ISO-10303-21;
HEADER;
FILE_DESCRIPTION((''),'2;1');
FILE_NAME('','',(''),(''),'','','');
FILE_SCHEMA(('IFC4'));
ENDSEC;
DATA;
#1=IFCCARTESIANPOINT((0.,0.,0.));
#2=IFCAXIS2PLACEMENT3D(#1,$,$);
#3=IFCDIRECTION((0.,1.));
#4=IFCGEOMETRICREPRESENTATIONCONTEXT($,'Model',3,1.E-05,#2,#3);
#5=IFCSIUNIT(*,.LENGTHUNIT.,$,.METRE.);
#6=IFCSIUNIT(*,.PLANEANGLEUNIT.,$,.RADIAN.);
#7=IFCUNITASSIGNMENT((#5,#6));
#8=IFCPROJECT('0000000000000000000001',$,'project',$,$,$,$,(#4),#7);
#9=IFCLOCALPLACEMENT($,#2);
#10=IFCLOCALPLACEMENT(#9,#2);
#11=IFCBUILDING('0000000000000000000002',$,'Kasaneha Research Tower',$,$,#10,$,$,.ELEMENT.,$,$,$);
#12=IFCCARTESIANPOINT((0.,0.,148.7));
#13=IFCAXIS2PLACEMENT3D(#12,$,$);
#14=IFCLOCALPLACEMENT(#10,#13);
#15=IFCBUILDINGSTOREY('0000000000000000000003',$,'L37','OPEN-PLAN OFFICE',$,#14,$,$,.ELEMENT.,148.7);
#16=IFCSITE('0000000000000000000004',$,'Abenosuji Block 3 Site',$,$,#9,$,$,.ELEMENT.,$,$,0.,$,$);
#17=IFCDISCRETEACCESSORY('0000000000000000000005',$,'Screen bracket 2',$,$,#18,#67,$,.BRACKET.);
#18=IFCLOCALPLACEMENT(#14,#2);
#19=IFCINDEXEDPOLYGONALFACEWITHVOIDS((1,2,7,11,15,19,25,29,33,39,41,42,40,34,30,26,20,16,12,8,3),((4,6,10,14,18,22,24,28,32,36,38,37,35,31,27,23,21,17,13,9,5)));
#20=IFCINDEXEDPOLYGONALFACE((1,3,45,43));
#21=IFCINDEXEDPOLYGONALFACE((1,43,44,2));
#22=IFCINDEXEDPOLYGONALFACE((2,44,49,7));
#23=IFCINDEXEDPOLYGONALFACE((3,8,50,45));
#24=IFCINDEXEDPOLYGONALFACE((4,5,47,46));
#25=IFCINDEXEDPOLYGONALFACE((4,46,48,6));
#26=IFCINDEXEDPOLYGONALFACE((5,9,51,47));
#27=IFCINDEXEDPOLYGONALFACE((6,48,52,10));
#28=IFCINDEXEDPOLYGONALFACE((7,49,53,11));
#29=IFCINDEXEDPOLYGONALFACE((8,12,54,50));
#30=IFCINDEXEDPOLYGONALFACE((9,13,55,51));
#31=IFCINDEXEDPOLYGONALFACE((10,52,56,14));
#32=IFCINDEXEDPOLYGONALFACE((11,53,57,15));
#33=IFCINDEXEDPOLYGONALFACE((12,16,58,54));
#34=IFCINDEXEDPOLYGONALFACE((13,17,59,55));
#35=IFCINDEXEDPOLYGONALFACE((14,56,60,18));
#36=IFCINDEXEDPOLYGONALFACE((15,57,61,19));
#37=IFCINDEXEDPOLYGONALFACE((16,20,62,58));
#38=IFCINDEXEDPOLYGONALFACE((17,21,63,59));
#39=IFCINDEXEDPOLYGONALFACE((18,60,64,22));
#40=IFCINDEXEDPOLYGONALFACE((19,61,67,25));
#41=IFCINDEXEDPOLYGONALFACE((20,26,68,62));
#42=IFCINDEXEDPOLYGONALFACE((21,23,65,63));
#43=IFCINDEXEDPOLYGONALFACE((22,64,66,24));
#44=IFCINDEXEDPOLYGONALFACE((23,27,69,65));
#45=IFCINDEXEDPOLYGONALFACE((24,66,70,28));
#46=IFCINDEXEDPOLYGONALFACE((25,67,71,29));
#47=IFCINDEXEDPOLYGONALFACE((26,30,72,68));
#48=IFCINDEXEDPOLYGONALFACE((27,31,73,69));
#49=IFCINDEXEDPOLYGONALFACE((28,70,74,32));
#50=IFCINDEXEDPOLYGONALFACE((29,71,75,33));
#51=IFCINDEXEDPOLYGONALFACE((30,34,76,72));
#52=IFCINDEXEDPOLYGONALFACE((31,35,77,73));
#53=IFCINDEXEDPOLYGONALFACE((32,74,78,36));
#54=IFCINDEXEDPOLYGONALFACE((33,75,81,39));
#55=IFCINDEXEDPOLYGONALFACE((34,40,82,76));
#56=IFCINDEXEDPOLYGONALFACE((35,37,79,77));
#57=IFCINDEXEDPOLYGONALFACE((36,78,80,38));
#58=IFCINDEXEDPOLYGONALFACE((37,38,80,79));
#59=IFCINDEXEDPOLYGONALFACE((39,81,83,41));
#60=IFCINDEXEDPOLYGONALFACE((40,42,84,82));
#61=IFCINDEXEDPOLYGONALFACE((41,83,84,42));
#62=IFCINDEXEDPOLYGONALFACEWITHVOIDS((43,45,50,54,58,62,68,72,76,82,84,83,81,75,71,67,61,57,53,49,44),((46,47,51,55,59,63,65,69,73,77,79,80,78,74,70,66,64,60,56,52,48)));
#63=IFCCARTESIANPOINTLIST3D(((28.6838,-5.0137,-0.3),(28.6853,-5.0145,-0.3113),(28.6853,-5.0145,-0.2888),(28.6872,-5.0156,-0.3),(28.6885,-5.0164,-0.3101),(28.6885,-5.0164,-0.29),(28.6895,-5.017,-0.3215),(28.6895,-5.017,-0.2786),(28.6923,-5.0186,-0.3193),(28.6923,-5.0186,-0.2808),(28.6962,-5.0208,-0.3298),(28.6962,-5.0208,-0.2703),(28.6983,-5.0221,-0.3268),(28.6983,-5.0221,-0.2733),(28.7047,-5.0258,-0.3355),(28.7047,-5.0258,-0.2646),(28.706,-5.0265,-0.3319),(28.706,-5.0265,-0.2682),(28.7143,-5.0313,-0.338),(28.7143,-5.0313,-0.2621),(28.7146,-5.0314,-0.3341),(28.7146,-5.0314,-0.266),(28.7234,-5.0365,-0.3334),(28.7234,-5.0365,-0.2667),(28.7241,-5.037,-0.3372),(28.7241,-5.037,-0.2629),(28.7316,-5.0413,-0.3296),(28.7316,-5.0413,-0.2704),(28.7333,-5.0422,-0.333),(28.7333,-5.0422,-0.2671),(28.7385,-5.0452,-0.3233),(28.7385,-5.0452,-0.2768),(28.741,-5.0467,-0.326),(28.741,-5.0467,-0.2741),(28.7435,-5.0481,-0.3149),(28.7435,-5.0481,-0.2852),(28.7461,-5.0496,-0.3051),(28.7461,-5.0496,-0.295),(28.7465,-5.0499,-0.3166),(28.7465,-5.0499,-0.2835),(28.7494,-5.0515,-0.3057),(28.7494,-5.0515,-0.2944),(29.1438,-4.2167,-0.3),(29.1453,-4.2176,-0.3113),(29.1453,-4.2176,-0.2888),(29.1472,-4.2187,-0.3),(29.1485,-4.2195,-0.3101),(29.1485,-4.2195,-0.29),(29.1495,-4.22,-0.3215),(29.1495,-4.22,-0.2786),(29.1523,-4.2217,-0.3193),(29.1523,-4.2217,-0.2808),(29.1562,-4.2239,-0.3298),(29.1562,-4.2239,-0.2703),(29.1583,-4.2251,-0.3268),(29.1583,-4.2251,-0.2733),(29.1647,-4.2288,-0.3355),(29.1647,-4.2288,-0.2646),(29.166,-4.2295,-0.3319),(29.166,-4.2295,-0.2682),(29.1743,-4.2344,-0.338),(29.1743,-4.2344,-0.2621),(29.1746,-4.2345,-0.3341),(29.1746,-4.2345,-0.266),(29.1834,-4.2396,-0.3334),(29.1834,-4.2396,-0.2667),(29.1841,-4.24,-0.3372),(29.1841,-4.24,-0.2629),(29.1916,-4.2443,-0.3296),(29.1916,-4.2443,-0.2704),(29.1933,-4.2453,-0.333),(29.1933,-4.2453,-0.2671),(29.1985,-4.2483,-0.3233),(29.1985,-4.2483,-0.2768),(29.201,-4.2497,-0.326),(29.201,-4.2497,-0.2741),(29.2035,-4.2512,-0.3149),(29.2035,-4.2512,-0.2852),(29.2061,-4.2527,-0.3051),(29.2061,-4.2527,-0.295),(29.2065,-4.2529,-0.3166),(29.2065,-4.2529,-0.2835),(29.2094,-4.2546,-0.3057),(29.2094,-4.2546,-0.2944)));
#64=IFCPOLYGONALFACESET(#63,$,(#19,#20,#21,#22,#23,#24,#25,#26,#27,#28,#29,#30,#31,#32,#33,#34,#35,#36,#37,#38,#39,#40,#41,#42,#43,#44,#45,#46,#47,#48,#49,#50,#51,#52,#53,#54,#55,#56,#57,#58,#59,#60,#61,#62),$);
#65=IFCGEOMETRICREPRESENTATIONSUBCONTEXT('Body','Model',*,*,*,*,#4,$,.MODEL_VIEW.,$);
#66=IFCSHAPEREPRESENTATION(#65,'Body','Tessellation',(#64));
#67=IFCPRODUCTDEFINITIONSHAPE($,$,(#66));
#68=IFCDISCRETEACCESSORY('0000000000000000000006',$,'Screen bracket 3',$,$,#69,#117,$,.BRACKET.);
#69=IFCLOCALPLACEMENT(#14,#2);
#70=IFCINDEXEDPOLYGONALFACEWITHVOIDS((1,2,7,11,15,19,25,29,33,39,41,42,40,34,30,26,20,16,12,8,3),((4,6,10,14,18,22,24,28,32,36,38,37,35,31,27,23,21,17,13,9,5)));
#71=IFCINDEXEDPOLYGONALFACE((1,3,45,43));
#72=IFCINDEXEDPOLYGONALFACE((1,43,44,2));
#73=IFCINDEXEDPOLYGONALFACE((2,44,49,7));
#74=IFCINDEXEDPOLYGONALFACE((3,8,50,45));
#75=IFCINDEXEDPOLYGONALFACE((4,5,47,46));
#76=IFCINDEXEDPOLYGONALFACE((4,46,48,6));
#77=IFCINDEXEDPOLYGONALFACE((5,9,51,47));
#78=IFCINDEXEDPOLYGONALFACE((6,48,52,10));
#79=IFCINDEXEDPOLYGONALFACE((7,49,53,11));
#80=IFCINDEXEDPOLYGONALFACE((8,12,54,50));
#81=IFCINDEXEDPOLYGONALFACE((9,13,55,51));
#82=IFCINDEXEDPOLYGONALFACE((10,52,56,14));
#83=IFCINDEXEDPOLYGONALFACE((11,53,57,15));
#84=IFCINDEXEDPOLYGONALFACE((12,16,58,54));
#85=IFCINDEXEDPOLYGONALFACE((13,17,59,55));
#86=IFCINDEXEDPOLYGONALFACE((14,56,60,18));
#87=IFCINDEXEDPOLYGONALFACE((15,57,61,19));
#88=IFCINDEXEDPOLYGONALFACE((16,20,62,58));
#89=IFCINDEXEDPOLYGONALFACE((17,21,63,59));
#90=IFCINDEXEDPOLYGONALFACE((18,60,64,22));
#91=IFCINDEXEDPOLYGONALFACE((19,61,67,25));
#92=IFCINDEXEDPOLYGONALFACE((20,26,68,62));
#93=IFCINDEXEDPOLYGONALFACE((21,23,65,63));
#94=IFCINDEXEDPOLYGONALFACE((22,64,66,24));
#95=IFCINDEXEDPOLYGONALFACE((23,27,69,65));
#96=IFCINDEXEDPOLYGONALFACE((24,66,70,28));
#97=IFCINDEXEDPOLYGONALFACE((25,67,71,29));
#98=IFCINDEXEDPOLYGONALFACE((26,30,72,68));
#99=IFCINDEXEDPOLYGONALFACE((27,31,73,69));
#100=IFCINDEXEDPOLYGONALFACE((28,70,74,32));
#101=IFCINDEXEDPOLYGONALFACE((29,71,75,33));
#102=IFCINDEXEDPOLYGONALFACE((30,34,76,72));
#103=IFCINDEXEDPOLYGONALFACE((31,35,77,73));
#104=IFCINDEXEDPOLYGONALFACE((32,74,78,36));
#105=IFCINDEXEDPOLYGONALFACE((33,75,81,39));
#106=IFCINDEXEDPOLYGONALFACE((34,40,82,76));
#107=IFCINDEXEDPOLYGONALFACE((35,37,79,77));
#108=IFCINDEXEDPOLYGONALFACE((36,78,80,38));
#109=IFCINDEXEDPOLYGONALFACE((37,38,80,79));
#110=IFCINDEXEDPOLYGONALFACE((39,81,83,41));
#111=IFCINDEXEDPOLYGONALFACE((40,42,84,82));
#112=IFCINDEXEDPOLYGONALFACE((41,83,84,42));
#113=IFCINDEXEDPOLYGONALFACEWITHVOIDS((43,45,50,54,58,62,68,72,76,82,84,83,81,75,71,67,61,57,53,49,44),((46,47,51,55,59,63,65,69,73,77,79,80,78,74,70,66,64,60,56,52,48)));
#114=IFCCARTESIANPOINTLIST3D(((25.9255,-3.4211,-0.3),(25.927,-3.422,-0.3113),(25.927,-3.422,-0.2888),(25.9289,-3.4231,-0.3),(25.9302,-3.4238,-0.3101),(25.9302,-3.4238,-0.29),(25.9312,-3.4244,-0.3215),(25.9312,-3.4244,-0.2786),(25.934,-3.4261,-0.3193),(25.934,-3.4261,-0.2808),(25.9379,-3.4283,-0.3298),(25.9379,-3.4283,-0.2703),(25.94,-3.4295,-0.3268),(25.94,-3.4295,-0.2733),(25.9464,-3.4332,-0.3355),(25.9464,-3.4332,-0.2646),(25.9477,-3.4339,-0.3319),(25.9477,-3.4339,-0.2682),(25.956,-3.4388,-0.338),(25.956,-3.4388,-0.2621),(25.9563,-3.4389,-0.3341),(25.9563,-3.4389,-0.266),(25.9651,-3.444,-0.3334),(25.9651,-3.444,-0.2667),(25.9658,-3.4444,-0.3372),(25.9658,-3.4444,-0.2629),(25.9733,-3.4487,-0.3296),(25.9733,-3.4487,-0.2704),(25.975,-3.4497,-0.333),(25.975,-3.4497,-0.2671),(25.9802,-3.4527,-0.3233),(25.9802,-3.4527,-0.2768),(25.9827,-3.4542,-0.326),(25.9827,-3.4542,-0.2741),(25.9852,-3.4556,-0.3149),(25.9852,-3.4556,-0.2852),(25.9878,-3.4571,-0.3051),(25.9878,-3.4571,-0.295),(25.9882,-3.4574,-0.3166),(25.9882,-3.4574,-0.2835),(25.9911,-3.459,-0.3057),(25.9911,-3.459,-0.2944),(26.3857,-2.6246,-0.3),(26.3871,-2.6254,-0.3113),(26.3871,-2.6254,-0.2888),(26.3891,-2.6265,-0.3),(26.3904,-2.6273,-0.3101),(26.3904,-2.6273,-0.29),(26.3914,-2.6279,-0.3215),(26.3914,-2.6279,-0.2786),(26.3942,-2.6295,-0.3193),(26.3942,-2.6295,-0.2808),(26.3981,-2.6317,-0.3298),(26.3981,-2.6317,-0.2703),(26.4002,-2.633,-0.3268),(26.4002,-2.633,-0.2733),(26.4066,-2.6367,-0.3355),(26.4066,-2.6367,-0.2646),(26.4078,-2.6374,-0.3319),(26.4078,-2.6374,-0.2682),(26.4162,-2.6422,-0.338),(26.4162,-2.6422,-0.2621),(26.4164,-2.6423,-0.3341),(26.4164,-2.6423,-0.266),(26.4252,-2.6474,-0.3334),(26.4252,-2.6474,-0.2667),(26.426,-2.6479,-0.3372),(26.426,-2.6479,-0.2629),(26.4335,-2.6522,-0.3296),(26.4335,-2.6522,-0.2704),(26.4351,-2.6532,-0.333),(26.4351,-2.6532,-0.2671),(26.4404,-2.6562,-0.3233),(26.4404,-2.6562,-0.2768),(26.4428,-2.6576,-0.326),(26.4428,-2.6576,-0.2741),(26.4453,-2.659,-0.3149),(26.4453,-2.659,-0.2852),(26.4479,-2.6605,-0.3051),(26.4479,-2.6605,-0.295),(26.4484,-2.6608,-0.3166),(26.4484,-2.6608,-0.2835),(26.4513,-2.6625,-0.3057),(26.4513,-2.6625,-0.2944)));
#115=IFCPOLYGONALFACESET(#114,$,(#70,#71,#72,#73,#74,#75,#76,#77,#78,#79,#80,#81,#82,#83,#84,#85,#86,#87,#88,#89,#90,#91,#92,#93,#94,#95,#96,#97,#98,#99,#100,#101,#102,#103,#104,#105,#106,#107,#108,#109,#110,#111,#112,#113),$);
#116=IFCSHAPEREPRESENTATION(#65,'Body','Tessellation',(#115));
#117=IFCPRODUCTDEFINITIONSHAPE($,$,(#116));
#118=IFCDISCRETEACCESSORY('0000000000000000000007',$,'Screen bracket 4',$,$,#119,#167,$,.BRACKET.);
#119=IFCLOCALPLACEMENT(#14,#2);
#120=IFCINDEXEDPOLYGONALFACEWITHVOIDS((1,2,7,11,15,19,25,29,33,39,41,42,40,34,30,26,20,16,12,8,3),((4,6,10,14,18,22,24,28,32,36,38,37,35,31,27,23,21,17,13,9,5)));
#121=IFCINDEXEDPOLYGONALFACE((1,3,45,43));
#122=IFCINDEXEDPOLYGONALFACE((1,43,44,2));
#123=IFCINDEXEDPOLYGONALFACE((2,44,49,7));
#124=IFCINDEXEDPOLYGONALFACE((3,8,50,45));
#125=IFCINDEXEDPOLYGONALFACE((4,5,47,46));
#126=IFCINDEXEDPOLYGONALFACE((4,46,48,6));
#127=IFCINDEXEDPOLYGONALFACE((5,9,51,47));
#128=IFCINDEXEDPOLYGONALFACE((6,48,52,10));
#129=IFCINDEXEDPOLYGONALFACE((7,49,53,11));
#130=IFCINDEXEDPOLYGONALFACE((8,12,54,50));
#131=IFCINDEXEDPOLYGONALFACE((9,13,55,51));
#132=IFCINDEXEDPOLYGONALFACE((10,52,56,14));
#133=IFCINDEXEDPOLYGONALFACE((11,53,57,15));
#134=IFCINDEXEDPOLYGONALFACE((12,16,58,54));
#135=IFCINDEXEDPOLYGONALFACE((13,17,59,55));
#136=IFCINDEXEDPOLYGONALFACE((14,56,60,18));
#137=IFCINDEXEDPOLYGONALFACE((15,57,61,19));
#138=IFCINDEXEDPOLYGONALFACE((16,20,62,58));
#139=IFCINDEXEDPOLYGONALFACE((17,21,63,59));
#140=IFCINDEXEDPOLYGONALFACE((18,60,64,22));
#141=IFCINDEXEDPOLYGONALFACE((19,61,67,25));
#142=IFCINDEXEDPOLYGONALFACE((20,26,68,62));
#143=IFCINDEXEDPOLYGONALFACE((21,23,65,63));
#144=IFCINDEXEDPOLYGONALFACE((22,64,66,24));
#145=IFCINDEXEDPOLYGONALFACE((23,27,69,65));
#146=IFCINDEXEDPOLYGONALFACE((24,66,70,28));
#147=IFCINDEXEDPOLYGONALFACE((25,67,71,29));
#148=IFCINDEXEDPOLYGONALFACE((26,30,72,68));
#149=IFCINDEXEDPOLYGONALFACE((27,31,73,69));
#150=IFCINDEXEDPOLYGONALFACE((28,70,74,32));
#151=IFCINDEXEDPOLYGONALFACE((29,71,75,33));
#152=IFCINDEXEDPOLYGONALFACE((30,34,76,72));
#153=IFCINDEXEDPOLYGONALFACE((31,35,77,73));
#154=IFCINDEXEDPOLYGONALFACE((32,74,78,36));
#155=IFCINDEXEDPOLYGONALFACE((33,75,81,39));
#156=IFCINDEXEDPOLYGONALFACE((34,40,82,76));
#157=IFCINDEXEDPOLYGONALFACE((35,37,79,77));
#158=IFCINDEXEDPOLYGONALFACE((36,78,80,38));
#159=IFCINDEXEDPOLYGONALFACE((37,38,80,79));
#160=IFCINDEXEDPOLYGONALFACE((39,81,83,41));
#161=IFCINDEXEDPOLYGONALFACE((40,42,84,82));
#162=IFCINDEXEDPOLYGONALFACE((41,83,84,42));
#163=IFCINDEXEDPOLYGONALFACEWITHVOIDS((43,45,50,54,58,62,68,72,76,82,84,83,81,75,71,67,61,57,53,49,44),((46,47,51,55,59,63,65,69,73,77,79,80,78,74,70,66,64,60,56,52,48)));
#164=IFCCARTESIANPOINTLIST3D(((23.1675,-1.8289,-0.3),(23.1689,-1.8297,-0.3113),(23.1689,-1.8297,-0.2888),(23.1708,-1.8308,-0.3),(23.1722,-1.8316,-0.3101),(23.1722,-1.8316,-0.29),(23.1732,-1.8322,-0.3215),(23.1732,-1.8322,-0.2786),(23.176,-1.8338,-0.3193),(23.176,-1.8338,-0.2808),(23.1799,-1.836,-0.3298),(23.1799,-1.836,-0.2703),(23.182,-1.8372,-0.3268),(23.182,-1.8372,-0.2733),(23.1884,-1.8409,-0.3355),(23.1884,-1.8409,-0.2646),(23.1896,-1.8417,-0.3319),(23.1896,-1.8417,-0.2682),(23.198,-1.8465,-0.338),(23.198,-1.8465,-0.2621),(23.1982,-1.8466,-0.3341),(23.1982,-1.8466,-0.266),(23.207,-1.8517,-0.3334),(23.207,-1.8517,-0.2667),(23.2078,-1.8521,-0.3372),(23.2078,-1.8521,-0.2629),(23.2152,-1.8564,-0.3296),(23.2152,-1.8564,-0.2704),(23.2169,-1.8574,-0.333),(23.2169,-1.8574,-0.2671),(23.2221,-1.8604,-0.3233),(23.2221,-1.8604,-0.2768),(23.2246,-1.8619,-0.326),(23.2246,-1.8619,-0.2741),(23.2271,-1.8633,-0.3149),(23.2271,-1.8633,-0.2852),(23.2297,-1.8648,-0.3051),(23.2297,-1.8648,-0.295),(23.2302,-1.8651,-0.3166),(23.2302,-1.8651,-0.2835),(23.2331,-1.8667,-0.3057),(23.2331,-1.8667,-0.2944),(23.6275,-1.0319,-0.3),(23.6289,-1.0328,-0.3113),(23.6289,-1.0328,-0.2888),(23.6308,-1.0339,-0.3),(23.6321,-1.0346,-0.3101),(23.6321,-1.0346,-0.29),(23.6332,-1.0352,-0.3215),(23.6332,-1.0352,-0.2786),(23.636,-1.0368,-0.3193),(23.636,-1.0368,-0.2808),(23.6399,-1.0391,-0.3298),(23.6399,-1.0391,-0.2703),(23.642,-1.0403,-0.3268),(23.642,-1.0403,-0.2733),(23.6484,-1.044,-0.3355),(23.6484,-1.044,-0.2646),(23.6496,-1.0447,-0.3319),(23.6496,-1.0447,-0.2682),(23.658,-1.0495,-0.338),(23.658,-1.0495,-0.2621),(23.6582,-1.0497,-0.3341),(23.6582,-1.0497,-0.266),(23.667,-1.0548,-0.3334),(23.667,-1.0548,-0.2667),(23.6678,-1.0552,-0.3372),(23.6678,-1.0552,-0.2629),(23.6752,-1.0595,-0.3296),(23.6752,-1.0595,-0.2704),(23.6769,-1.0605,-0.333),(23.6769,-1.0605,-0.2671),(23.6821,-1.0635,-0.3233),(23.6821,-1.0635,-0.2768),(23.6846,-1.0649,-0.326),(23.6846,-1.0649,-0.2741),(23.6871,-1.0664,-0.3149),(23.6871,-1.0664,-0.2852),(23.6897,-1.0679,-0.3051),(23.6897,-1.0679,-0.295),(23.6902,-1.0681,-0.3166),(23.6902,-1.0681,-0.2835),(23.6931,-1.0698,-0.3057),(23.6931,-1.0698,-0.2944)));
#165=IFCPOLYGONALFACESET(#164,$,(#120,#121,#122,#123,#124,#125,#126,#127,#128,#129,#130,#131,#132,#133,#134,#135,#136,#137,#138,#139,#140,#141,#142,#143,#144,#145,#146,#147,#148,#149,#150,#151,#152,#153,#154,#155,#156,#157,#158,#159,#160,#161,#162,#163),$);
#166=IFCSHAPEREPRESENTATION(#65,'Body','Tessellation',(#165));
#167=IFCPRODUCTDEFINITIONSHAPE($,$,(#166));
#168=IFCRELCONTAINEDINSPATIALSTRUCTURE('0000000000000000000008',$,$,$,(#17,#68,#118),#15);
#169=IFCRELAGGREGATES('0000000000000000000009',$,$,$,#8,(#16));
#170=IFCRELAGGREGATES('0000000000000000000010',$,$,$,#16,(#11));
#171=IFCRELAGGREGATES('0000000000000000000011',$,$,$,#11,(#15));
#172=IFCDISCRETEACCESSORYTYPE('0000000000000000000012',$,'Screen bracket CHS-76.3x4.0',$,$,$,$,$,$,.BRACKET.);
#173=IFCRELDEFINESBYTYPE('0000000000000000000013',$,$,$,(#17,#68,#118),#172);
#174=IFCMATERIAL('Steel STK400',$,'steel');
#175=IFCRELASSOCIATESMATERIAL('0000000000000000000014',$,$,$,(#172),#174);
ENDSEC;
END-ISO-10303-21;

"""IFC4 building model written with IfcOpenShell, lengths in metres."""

from ifc_helpers import new_model, si_unit, direction, frame, origin, origin_2d, place, context, subcontext, project, spatial, hollow_circle, extrude, material, material_profile, profile_set, type_object, element, save


model = new_model("IFC4")

# Units and contexts
model_context = context("Model", 3, precision=1e-05, world=origin(), true_north=direction((0.0, 1.0)))
body_context = subcontext(model_context, "Body", "Model", "MODEL_VIEW")
ifc_project = project(units=[si_unit("LENGTHUNIT", "METRE"), si_unit("PLANEANGLEUNIT", "RADIAN")], contexts=[model_context])

# Site, building, storey
site_placement = place(None, origin())
site = spatial("IfcSite", under=ifc_project, at=site_placement, Name="Abenosuji Block 3 Site", CompositionType="ELEMENT", RefElevation=0.0)
building_placement = place(site_placement, origin())
building = spatial("IfcBuilding", under=site, at=building_placement, Name="Kasaneha Research Tower", CompositionType="ELEMENT")
storey_placement = place(building_placement, frame((0.0, 0.0, 148.7)))
storey = spatial("IfcBuildingStorey", under=building, at=storey_placement, Name="L37", Description="OPEN-PLAN OFFICE", CompositionType="ELEMENT", Elevation=148.7)

# Discrete accessories
ifc_material_1 = material(Name="Steel STK400", Category="steel")
ifc_material_profile_1 = material_profile(ifc_material_1, hollow_circle(Radius=0.0381, WallThickness=0.0039, at=origin_2d()), Name="CHS-76.3x4.0")
ifc_profile_set_1 = profile_set([ifc_material_profile_1], Name="Steel STK400")
discrete_accessory_type = type_object("IfcDiscreteAccessoryType", Name="Screen bracket CHS-76.3x4.0", PredefinedType="BRACKET", material=ifc_profile_set_1)
discrete_accessory_1_placement = place(storey_placement, frame((28.7168, -5.0327, -0.3), z_axis=(0.499906, 0.86608, 0.0), x_axis=(-0.86608, 0.499906, 0.0)))
element("IfcDiscreteAccessory", 1, at=discrete_accessory_1_placement, inside=storey, type_object=discrete_accessory_type, Name="Screen bracket 2", PredefinedType="BRACKET", context=body_context, shape_type="SweptSolid", body=[
    extrude(hollow_circle(Radius=0.0381, WallThickness=0.0039, at=origin_2d()), origin(), (0.0, 0.0, 1.0), 0.9202),
])
discrete_accessory_2_placement = place(storey_placement, frame((25.9585, -3.4402, -0.3), z_axis=(0.50022, 0.865898, 0.0), x_axis=(-0.865898, 0.50022, 0.0)))
element("IfcDiscreteAccessory", 2, at=discrete_accessory_2_placement, inside=storey, type_object=discrete_accessory_type, Name="Screen bracket 3", PredefinedType="BRACKET", context=body_context, shape_type="SweptSolid", body=[
    extrude(hollow_circle(Radius=0.0381, WallThickness=0.0039, at=origin_2d()), origin(), (0.0, 0.0, 1.0), 0.9199),
])
discrete_accessory_3_placement = place(storey_placement, frame((23.2004, -1.8479, -0.3), z_axis=(0.499906, 0.86608, 0.0), x_axis=(-0.86608, 0.499906, 0.0)))
element("IfcDiscreteAccessory", 3, at=discrete_accessory_3_placement, inside=storey, type_object=discrete_accessory_type, Name="Screen bracket 4", PredefinedType="BRACKET", context=body_context, shape_type="SweptSolid", body=[
    extrude(hollow_circle(Radius=0.0381, WallThickness=0.0039, at=origin_2d()), origin(), (0.0, 0.0, 1.0), 0.9202),
])

save(model, "model.ifc")
